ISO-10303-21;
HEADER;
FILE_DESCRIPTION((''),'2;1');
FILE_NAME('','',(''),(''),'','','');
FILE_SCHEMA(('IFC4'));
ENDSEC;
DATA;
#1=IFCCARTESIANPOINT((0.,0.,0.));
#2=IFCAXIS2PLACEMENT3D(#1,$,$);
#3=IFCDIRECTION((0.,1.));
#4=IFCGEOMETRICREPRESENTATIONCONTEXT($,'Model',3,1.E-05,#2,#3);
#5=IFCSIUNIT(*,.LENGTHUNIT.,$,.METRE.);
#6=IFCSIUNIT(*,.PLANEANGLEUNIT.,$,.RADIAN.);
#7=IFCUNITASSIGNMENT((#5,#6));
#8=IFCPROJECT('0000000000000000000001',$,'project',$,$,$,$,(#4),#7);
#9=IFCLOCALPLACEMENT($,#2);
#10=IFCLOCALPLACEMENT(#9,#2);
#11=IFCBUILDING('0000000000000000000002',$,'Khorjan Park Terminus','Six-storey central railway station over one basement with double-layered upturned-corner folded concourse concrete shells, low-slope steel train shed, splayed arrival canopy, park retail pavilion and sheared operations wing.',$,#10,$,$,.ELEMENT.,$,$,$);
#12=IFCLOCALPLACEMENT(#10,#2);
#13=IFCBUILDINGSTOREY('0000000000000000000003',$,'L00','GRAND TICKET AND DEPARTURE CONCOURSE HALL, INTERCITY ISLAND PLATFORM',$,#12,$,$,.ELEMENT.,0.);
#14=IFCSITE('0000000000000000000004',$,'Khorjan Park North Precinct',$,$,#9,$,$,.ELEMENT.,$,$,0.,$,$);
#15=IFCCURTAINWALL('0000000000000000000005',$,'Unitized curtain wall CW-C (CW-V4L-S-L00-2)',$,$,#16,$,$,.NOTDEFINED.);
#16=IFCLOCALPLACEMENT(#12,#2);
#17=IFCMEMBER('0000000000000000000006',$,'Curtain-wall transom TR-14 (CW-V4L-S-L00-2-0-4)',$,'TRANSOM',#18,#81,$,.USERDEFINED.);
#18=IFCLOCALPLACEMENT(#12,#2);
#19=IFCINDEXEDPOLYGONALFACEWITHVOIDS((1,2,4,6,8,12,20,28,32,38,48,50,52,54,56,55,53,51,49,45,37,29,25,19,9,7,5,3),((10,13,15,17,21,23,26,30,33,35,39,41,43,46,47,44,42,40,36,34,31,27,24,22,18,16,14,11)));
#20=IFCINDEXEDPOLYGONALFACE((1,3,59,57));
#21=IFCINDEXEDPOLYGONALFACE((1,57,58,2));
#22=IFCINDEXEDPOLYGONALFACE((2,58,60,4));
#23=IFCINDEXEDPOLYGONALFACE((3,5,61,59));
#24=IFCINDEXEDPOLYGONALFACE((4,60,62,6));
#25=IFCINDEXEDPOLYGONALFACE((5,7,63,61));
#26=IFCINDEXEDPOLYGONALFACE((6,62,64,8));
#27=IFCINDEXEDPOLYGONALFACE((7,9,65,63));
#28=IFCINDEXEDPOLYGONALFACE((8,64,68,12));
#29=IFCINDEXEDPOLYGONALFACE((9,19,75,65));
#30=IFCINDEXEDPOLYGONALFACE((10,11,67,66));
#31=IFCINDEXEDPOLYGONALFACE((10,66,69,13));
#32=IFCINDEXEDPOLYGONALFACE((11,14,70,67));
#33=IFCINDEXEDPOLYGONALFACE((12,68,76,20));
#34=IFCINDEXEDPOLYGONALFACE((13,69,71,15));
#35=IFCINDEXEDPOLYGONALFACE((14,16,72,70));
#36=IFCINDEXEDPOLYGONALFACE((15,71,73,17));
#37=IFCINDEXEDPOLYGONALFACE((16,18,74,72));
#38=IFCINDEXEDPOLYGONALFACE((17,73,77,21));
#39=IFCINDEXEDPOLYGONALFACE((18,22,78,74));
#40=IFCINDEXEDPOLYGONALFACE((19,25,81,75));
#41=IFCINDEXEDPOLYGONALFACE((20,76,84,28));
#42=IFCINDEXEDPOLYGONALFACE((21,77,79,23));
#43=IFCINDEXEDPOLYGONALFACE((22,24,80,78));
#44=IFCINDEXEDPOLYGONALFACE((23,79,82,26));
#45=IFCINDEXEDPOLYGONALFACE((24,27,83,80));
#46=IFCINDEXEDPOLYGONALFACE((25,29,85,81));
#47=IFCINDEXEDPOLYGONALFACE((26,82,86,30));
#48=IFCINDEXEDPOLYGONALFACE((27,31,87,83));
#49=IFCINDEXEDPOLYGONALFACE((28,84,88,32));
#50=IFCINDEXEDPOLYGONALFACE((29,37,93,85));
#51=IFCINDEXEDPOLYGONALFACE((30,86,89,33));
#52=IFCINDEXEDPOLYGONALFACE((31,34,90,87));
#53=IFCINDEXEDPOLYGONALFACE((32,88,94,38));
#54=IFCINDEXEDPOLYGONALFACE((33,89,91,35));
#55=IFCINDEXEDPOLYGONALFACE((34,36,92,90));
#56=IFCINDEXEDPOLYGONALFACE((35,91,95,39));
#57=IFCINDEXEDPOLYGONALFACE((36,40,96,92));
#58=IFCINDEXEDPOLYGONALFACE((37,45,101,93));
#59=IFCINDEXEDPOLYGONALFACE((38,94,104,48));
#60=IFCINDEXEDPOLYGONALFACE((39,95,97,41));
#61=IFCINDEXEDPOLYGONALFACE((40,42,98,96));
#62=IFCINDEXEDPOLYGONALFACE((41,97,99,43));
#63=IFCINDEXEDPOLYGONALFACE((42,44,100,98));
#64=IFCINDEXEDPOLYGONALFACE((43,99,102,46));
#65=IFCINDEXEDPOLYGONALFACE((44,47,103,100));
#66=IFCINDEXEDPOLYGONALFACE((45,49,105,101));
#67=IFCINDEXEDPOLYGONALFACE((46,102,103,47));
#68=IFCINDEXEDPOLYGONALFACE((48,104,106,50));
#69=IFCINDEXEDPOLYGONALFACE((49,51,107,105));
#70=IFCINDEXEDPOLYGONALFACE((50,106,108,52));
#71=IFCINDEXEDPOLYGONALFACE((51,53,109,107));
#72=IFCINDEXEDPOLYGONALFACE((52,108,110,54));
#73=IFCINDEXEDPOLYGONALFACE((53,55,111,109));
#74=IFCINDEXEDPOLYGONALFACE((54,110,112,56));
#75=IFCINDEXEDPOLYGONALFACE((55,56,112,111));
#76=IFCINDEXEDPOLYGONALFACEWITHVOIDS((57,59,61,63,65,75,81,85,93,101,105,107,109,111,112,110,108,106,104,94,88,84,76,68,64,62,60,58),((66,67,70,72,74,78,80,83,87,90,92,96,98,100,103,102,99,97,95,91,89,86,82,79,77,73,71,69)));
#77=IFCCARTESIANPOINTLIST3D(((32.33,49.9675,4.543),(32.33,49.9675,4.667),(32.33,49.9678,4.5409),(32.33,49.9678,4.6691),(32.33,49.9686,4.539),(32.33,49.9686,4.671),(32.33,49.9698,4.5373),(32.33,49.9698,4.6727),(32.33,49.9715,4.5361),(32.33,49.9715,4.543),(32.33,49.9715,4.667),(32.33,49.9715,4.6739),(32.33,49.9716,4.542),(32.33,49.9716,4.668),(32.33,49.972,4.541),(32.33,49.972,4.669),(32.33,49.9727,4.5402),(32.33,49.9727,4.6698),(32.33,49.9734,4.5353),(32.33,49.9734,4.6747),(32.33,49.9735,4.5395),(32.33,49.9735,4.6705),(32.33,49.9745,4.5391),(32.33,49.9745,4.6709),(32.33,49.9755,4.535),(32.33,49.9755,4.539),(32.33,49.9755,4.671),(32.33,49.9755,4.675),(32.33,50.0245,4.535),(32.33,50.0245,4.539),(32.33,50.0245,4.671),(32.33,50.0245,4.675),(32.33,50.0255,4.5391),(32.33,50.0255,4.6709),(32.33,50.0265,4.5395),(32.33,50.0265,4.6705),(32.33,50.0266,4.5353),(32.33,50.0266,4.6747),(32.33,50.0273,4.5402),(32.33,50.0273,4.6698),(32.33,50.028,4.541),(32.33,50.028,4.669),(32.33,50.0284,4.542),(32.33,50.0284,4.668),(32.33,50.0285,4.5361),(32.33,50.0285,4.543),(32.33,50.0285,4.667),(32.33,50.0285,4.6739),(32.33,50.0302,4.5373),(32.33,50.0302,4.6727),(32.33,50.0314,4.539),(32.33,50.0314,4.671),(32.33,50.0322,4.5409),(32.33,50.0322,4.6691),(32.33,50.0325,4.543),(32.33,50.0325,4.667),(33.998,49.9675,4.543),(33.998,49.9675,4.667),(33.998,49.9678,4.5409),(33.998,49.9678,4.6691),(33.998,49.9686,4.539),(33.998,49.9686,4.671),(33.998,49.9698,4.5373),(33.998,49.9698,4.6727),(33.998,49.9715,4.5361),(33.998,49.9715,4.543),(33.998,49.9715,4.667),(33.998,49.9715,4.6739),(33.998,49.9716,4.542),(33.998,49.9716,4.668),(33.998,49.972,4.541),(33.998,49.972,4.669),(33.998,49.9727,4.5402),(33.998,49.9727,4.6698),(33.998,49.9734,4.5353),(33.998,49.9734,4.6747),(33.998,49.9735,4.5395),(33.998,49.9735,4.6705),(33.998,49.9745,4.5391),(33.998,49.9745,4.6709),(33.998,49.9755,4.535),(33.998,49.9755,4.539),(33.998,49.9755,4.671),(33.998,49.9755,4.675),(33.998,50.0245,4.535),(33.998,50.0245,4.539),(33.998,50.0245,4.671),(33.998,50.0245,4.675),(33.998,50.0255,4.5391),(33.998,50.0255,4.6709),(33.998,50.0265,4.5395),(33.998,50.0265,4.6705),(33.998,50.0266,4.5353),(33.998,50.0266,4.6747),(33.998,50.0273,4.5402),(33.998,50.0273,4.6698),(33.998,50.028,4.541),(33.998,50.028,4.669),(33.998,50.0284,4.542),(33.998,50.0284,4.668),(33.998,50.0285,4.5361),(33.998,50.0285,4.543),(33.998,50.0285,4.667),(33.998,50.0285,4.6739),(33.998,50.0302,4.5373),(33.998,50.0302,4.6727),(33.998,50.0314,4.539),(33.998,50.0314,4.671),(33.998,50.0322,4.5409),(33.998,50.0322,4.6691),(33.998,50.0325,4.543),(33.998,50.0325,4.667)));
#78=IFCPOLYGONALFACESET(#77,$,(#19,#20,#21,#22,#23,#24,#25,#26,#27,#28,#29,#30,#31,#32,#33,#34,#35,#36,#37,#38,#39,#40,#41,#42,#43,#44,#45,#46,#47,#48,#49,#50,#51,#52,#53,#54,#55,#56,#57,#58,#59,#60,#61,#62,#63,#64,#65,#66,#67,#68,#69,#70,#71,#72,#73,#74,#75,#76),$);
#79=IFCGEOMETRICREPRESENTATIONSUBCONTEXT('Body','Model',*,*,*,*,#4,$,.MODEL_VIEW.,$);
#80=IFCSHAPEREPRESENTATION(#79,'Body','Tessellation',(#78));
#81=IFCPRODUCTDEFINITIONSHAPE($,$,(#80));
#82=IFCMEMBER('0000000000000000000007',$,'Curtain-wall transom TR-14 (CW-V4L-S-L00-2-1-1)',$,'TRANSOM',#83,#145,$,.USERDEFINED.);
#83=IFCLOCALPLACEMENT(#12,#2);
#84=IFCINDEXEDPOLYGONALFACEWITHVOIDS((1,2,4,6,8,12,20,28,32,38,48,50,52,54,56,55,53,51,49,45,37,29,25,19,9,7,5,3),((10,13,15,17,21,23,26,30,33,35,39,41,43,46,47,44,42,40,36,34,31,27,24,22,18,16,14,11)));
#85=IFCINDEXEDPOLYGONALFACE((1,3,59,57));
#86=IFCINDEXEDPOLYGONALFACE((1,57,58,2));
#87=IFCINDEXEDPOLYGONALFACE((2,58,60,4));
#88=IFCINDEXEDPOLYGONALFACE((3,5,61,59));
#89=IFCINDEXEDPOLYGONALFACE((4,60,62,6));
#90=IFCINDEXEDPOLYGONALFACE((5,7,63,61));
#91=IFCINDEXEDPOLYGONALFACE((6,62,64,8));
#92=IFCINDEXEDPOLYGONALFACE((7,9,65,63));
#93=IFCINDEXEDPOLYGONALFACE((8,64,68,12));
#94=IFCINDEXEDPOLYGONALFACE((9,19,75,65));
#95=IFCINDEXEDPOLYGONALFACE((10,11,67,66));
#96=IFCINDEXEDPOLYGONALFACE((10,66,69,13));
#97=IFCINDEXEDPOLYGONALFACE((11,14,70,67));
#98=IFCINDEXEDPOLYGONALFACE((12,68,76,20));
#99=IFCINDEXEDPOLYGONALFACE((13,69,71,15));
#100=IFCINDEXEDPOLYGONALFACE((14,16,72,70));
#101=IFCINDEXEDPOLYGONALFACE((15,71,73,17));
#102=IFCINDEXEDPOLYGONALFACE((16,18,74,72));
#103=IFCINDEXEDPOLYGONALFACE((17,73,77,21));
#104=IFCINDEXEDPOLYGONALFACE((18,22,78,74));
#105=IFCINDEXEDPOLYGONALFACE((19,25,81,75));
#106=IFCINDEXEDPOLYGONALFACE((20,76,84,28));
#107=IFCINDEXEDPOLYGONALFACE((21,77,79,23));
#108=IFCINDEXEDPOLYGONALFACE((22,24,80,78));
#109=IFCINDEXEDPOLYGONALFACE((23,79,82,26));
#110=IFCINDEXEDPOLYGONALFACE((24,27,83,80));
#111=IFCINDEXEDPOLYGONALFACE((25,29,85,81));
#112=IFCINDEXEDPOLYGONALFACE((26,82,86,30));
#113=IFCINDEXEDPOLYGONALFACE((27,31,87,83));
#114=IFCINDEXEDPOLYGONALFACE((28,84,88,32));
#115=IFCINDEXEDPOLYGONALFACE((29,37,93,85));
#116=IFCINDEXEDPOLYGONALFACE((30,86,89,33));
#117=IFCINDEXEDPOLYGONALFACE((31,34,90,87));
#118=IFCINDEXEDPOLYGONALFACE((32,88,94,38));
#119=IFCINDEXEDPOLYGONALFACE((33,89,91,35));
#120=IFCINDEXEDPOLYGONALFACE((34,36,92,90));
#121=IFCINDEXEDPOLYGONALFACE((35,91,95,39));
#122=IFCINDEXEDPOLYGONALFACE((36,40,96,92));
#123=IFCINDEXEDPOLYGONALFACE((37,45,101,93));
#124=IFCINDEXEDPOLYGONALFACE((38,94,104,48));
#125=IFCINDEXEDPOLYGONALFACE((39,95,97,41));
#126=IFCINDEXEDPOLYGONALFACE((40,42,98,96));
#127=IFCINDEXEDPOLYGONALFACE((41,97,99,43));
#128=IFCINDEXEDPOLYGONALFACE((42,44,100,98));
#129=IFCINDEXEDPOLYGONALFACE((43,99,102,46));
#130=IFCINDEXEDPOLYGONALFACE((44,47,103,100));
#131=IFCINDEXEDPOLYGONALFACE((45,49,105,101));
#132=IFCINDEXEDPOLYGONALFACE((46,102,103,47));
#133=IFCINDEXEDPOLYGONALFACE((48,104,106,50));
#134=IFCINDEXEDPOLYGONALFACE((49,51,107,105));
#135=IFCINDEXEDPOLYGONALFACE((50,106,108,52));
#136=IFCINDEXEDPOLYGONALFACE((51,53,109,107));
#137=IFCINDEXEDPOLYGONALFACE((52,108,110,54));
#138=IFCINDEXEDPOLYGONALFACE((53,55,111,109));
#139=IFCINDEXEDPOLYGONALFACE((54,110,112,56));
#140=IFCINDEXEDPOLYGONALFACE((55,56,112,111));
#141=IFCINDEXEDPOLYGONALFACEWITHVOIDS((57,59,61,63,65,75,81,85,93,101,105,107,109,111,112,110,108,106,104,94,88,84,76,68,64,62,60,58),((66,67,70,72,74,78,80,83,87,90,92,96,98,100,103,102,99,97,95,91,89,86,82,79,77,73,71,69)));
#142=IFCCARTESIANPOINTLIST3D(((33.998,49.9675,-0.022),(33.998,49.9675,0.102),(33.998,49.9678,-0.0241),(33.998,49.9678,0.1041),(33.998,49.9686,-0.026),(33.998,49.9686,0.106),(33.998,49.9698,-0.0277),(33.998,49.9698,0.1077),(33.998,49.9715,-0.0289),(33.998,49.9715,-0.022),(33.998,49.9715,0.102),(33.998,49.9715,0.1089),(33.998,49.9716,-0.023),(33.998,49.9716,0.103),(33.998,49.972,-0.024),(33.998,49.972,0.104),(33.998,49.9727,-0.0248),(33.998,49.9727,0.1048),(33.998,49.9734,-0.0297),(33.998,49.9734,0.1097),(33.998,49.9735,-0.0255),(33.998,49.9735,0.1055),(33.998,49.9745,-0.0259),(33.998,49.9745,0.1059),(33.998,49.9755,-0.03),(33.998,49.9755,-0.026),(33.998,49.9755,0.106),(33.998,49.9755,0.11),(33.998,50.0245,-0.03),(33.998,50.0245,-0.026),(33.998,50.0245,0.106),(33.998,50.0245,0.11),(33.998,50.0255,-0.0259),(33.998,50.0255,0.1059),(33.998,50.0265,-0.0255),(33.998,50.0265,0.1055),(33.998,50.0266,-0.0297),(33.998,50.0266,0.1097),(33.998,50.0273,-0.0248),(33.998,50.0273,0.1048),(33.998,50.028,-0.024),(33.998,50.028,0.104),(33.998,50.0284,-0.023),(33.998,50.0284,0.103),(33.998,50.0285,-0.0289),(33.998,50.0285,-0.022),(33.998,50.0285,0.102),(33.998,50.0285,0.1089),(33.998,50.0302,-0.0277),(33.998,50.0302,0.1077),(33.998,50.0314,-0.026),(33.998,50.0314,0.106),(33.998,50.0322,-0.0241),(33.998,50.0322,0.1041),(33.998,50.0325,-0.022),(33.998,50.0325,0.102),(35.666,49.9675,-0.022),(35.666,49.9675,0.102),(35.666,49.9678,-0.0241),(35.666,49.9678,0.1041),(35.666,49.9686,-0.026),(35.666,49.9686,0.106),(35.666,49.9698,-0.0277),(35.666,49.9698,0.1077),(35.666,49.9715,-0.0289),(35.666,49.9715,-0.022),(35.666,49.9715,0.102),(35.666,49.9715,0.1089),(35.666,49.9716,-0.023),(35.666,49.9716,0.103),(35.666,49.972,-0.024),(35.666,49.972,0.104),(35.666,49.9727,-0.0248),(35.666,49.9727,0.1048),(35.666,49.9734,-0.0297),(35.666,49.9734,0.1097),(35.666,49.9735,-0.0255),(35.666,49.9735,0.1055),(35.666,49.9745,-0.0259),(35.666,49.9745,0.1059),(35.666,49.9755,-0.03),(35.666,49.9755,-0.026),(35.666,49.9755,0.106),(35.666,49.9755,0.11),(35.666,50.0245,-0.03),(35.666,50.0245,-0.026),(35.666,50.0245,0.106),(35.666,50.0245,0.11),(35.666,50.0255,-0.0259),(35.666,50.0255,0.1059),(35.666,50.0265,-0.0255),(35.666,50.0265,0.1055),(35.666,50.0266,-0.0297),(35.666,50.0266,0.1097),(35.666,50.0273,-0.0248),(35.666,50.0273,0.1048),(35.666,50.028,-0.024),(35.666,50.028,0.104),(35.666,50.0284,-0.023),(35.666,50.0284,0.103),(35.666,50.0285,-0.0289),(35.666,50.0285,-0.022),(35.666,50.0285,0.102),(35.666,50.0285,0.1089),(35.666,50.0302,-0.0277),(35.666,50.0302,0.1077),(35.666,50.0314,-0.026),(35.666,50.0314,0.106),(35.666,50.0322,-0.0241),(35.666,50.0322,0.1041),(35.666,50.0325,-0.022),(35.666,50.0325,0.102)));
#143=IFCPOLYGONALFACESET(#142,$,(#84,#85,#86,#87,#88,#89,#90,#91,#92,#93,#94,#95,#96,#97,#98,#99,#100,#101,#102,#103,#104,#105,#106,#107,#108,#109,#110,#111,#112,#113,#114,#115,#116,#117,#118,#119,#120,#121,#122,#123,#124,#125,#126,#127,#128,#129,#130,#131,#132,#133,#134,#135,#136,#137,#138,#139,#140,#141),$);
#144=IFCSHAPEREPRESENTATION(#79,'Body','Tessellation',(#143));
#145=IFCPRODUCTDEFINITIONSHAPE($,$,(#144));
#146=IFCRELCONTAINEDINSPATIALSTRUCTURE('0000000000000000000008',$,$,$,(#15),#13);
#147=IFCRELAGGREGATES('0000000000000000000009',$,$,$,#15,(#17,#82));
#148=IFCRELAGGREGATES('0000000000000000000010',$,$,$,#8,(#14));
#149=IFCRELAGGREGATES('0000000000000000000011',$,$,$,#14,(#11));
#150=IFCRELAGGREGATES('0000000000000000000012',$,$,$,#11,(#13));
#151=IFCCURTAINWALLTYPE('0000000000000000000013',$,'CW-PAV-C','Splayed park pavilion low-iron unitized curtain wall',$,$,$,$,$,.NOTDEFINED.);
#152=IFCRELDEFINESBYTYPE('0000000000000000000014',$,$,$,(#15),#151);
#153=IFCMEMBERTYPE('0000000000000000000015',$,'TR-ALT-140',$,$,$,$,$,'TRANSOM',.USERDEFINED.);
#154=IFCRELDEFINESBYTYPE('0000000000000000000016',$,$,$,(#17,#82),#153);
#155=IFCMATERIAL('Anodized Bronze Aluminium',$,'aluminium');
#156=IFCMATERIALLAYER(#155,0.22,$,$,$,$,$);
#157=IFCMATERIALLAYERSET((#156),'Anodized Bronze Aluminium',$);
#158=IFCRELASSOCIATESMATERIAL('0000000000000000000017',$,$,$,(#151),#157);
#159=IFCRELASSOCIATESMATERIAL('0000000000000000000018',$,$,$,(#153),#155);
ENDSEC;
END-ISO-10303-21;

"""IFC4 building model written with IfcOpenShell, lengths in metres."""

from ifc_helpers import new_model, si_unit, direction, frame, origin, origin_2d, place, context, subcontext, project, spatial, hollow_rectangle, extrude, material, layer, layer_set, material_profile, profile_set, type_object, element, aggregate, save


model = new_model("IFC4")

# Units and contexts
model_context = context("Model", 3, precision=1e-05, world=origin(), true_north=direction((0.0, 1.0)))
body_context = subcontext(model_context, "Body", "Model", "MODEL_VIEW")
ifc_project = project(units=[si_unit("LENGTHUNIT", "METRE"), si_unit("PLANEANGLEUNIT", "RADIAN")], contexts=[model_context])

# Site, building, storey
site_placement = place(None, origin())
site = spatial("IfcSite", under=ifc_project, at=site_placement, Name="Khorjan Park North Precinct", CompositionType="ELEMENT", RefElevation=0.0)
building_placement = place(site_placement, origin())
building = spatial("IfcBuilding", under=site, at=building_placement, Name="Khorjan Park Terminus", Description="Six-storey central railway station over one basement with double-layered upturned-corner folded concourse concrete shells, low-slope steel train shed, splayed arrival canopy, park retail pavilion and sheared operations wing.", CompositionType="ELEMENT")
storey_placement = place(building_placement, origin())
storey = spatial("IfcBuildingStorey", under=building, at=storey_placement, Name="L00", Description="GRAND TICKET AND DEPARTURE CONCOURSE HALL, INTERCITY ISLAND PLATFORM", CompositionType="ELEMENT", Elevation=0.0)

# Shared definitions
ifc_material_1 = material(Name="Anodized Bronze Aluminium", Category="aluminium")
ifc_layer_1 = layer(ifc_material_1, 0.22)
ifc_layer_set_1 = layer_set([ifc_layer_1], Name="Anodized Bronze Aluminium")
curtain_wall_type = type_object("IfcCurtainWallType", Name="CW-PAV-C", Description="Splayed park pavilion low-iron unitized curtain wall", PredefinedType="NOTDEFINED", material=ifc_layer_set_1)

# Curtain wall
curtain_wall_1_placement = place(storey_placement, origin())
curtain_wall_1 = element("IfcCurtainWall", 1, at=curtain_wall_1_placement, inside=storey, type_object=curtain_wall_type, Name="Unitized curtain wall CW-C (CW-V4L-S-L00-2)", PredefinedType="NOTDEFINED")

# Members
ifc_material_profile_1 = material_profile(ifc_material_1, hollow_rectangle(XDim=0.065, YDim=0.14, WallThickness=0.004, InnerFilletRadius=0.004, OuterFilletRadius=0.008, at=origin_2d()), Name="ALT 65x140x4")
ifc_profile_set_1 = profile_set([ifc_material_profile_1], Name="Anodized Bronze Aluminium")
member_type_1 = type_object("IfcMemberType", Name="TR-ALT-140", ElementType="TRANSOM", PredefinedType="USERDEFINED", material=ifc_profile_set_1)
member_1_placement = place(storey_placement, frame((32.33, 50.0, 4.605), z_axis=(1.0, 0.0, 0.0), x_axis=(0.0, 1.0, 0.0)))
member_1 = element("IfcMember", 2, at=member_1_placement, type_object=member_type_1, Name="Curtain-wall transom TR-14 (CW-V4L-S-L00-2-0-4)", ObjectType="TRANSOM", PredefinedType="USERDEFINED", context=body_context, shape_type="SweptSolid", body=[
    extrude(hollow_rectangle(XDim=0.065, YDim=0.14, WallThickness=0.004, InnerFilletRadius=0.004, OuterFilletRadius=0.008, at=origin_2d()), origin(), (0.0, 0.0, 1.0), 1.668),
])
member_2_placement = place(storey_placement, frame((33.998, 50.0, 0.04), z_axis=(1.0, 0.0, 0.0), x_axis=(0.0, 1.0, 0.0)))
member_2 = element("IfcMember", 3, at=member_2_placement, type_object=member_type_1, Name="Curtain-wall transom TR-14 (CW-V4L-S-L00-2-1-1)", ObjectType="TRANSOM", PredefinedType="USERDEFINED", context=body_context, shape_type="SweptSolid", body=[
    extrude(hollow_rectangle(XDim=0.065, YDim=0.14, WallThickness=0.004, InnerFilletRadius=0.004, OuterFilletRadius=0.008, at=origin_2d()), origin(), (0.0, 0.0, 1.0), 1.668),
])

aggregate(curtain_wall_1, [member_1, member_2])

save(model, "model.ifc")
